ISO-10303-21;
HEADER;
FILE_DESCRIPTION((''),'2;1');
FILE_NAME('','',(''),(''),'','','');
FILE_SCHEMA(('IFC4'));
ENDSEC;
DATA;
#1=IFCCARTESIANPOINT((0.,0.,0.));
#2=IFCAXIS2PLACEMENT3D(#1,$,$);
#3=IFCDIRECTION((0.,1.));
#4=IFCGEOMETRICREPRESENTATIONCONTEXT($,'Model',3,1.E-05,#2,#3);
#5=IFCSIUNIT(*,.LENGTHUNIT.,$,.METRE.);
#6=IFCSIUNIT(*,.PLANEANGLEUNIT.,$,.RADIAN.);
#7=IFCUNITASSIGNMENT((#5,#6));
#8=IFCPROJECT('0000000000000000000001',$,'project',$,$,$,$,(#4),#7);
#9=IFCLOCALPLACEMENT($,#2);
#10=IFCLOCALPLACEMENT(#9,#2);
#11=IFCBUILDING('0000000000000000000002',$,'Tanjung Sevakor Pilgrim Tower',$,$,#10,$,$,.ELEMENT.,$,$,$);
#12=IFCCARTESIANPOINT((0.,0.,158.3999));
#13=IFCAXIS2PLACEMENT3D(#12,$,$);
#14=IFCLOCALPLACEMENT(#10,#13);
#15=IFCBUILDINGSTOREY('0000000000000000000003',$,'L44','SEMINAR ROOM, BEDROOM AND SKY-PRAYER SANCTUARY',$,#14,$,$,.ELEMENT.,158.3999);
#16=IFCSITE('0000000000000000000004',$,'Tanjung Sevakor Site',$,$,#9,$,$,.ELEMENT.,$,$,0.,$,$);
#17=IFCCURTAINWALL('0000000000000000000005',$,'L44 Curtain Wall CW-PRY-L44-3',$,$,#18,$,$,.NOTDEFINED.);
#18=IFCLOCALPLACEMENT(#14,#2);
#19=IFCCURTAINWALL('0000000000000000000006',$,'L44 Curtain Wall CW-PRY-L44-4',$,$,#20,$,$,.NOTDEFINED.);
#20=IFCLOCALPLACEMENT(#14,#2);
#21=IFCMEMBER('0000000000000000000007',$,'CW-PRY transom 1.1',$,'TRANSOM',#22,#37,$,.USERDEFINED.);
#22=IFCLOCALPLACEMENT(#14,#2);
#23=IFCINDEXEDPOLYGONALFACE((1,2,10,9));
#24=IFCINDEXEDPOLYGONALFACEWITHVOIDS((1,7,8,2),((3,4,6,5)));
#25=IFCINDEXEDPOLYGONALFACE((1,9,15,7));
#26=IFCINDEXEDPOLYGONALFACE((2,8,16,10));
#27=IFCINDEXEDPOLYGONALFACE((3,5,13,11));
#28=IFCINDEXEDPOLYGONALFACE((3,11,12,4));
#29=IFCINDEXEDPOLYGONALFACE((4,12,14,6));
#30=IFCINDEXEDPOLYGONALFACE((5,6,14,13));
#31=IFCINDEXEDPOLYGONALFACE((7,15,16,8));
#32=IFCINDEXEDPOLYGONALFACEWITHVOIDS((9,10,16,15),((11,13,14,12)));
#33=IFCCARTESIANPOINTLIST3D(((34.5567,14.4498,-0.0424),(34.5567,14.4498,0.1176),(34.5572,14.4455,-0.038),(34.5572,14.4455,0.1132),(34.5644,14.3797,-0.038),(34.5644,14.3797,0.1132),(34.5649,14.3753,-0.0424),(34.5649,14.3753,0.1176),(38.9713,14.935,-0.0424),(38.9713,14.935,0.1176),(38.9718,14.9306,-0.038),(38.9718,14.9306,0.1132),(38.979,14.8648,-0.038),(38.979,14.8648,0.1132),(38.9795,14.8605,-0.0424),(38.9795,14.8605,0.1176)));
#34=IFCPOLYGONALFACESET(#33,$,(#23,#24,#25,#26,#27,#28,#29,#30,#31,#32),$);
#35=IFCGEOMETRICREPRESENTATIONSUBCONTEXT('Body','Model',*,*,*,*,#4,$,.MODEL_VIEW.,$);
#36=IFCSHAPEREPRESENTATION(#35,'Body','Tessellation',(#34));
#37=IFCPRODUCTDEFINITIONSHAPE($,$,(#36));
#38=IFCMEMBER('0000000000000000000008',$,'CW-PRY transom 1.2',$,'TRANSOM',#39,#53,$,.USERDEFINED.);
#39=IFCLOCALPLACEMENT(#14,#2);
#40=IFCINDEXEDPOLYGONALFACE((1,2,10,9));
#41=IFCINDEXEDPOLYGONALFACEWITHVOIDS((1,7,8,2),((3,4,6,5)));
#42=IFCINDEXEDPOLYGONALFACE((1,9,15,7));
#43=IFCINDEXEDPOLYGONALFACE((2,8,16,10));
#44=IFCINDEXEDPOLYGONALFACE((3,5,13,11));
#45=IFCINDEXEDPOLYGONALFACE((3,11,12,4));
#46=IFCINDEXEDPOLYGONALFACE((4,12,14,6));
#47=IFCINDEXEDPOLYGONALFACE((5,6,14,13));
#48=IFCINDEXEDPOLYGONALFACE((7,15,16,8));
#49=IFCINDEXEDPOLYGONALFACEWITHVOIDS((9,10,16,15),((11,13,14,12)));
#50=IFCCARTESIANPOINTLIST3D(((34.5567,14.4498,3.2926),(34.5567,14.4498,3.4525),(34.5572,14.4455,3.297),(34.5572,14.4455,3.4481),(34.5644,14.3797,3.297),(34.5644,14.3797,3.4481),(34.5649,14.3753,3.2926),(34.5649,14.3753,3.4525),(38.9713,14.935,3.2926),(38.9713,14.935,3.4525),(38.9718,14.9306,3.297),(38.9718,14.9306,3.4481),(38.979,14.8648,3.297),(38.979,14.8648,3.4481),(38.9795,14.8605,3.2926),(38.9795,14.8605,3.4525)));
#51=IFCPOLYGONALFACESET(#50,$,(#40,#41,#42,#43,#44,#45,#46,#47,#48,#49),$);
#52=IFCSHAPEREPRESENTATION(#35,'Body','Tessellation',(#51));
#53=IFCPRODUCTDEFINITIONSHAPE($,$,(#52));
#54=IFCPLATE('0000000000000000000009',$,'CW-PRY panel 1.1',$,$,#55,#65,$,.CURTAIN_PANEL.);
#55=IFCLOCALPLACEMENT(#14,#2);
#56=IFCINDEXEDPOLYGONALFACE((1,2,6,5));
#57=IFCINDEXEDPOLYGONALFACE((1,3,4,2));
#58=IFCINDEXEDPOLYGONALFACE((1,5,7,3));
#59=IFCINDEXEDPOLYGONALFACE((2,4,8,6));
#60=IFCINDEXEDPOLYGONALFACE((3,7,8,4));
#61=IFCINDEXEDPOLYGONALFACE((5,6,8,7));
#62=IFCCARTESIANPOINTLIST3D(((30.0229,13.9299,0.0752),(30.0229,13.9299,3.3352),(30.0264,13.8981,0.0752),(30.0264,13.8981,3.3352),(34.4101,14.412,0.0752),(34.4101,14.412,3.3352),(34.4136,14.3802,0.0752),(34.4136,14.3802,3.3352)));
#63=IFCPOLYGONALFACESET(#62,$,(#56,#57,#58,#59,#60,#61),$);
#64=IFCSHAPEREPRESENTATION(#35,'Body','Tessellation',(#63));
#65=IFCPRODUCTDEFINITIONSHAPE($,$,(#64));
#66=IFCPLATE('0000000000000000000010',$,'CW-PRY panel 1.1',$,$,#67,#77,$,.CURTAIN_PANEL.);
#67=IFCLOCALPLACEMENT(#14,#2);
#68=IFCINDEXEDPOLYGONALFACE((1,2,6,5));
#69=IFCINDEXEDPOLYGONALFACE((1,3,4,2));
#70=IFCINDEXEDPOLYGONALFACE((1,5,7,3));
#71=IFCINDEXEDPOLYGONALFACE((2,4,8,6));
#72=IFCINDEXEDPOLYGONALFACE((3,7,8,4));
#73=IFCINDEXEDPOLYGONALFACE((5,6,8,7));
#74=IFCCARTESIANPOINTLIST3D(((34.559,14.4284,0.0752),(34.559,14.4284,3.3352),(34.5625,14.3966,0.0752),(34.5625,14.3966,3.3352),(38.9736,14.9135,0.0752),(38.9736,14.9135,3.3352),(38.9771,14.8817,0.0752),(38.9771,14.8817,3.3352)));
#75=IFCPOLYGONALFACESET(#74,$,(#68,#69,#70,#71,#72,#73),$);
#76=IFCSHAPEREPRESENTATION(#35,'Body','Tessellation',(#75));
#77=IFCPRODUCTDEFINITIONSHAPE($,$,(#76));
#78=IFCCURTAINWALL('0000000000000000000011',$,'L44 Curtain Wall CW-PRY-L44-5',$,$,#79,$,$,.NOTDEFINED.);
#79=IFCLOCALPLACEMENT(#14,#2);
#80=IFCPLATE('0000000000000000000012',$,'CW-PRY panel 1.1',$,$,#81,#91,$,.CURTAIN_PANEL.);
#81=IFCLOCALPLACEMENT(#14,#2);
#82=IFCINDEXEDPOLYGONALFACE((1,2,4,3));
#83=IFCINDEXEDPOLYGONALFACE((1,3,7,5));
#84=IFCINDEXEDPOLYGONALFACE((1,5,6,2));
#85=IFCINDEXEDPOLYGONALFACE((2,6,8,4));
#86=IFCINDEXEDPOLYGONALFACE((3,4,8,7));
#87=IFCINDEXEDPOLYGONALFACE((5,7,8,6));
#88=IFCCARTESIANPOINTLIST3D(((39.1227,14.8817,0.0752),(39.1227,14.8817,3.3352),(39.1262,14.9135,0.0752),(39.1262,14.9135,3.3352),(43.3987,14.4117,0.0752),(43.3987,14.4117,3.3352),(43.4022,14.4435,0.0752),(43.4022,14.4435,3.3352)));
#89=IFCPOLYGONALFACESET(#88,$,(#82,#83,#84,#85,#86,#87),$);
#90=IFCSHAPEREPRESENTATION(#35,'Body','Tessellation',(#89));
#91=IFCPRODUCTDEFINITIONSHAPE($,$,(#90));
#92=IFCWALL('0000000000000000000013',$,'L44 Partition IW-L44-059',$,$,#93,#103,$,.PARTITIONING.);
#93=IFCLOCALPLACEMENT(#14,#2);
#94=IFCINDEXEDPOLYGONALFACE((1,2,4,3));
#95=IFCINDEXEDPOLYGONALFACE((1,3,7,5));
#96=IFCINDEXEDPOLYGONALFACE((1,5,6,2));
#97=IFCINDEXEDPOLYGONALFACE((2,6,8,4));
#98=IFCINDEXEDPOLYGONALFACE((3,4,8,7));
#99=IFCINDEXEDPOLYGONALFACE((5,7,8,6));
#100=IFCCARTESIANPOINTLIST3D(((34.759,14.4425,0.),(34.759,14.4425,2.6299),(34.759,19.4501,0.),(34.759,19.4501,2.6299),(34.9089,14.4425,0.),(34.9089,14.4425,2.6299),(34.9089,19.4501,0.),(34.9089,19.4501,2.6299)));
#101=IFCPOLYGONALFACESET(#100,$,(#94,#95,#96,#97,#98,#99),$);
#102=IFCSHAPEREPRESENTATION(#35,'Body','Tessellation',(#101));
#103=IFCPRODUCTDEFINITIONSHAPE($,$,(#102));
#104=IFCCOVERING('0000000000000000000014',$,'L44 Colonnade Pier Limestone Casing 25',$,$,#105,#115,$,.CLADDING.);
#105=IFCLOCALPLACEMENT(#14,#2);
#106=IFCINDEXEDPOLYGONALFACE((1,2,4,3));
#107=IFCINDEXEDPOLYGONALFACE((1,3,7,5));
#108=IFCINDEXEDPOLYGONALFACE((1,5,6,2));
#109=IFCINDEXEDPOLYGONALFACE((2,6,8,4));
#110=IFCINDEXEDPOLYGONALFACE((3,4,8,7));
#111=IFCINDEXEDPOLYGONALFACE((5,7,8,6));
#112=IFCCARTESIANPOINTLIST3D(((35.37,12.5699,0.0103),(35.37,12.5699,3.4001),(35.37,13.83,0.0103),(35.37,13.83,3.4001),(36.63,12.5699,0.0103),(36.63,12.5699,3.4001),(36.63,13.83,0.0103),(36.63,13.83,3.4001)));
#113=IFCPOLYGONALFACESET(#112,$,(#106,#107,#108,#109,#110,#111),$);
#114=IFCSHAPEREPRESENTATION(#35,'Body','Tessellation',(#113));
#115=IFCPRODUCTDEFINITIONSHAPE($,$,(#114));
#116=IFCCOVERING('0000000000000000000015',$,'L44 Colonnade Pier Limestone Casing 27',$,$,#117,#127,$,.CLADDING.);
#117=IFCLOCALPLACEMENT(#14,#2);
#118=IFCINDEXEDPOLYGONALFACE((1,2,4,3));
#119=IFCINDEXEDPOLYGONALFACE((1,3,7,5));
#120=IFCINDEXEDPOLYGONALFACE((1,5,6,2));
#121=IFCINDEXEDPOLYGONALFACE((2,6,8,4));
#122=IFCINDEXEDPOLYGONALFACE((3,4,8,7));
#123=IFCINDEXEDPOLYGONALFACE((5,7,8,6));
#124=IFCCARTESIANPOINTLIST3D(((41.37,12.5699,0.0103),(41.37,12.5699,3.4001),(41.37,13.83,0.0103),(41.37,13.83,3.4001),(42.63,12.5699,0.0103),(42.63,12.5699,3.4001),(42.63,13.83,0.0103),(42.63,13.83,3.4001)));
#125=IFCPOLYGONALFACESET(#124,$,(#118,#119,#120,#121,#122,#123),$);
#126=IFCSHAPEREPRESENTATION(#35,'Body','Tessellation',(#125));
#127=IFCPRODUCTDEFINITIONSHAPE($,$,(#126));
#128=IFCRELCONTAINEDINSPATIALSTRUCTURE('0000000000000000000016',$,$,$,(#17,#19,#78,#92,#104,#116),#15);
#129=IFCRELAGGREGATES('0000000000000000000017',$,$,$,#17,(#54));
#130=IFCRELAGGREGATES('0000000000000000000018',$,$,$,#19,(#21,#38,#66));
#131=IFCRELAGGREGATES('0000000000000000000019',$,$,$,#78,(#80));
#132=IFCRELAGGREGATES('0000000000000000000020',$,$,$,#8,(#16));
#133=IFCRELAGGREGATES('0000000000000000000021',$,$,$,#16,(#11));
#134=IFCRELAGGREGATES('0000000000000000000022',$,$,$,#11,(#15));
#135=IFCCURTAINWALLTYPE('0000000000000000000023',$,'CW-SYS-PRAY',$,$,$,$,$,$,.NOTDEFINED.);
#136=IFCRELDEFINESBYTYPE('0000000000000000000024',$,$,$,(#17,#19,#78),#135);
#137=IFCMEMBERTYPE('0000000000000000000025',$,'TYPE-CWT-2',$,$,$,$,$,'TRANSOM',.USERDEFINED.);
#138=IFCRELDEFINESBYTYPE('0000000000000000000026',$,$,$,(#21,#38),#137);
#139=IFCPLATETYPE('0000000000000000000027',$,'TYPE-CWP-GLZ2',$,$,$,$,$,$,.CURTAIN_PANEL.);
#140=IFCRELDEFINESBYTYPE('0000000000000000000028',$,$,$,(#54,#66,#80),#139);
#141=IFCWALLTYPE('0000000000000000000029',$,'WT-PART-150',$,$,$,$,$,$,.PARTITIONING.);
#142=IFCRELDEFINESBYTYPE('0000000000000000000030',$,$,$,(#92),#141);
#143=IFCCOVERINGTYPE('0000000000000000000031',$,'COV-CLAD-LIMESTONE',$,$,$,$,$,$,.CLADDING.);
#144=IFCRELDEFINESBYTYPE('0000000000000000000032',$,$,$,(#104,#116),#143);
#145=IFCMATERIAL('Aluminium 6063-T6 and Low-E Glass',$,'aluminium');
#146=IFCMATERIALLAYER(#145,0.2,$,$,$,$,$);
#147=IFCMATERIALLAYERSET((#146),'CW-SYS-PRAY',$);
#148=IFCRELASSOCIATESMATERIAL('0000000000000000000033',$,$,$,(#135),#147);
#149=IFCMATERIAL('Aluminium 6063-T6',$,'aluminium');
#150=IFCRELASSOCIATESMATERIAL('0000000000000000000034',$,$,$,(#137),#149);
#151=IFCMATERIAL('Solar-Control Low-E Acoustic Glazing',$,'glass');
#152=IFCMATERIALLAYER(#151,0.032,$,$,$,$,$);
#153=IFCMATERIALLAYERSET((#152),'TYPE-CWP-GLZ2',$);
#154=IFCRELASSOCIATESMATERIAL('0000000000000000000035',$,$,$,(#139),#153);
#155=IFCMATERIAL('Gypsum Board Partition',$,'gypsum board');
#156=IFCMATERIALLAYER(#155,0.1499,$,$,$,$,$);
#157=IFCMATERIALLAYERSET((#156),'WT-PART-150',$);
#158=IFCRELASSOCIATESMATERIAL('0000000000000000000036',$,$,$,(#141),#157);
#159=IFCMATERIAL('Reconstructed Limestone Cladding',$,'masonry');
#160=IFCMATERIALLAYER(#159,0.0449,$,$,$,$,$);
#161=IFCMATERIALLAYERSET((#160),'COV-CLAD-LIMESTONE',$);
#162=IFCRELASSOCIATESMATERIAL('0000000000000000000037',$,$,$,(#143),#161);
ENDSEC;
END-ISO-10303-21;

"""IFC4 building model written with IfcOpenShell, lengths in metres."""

from ifc_helpers import new_model, si_unit, direction, frame, frame_2d, origin, origin_2d, place, context, subcontext, project, spatial, rectangle, hollow_rectangle, extrude, material, layer, layer_set, material_profile, profile_set, type_object, element, aggregate, save


model = new_model("IFC4")

# Units and contexts
model_context = context("Model", 3, precision=1e-05, world=origin(), true_north=direction((0.0, 1.0)))
body_context = subcontext(model_context, "Body", "Model", "MODEL_VIEW")
ifc_project = project(units=[si_unit("LENGTHUNIT", "METRE"), si_unit("PLANEANGLEUNIT", "RADIAN")], contexts=[model_context])

# Site, building, storey
site_placement = place(None, origin())
site = spatial("IfcSite", under=ifc_project, at=site_placement, Name="Tanjung Sevakor Site", CompositionType="ELEMENT", RefElevation=0.0)
building_placement = place(site_placement, origin())
building = spatial("IfcBuilding", under=site, at=building_placement, Name="Tanjung Sevakor Pilgrim Tower", CompositionType="ELEMENT")
storey_placement = place(building_placement, frame((0.0, 0.0, 158.3999)))
storey = spatial("IfcBuildingStorey", under=building, at=storey_placement, Name="L44", Description="SEMINAR ROOM, BEDROOM AND SKY-PRAYER SANCTUARY", CompositionType="ELEMENT", Elevation=158.3999)

# Curtain wall
ifc_material_1 = material(Name="Aluminium 6063-T6 and Low-E Glass", Category="aluminium")
ifc_layer_1 = layer(ifc_material_1, 0.2)
ifc_layer_set_1 = layer_set([ifc_layer_1], Name="CW-SYS-PRAY")
curtain_wall_type = type_object("IfcCurtainWallType", Name="CW-SYS-PRAY", PredefinedType="NOTDEFINED", material=ifc_layer_set_1)
curtain_wall_1_placement = place(storey_placement, origin())
curtain_wall_1 = element("IfcCurtainWall", 1, at=curtain_wall_1_placement, inside=storey, type_object=curtain_wall_type, Name="L44 Curtain Wall CW-PRY-L44-3", PredefinedType="NOTDEFINED")

# Curtain wall, members
curtain_wall_2_placement = place(storey_placement, origin())
curtain_wall_2 = element("IfcCurtainWall", 2, at=curtain_wall_2_placement, inside=storey, type_object=curtain_wall_type, Name="L44 Curtain Wall CW-PRY-L44-4", PredefinedType="NOTDEFINED")
ifc_material_2 = material(Name="Aluminium 6063-T6", Category="aluminium")
ifc_material_profile_1 = material_profile(ifc_material_2, hollow_rectangle(XDim=0.075, YDim=0.1599, WallThickness=0.0044, at=origin_2d()))
ifc_profile_set_1 = profile_set([ifc_material_profile_1], Name="Aluminium 6063-T6")
member_type_1 = type_object("IfcMemberType", Name="TYPE-CWT-2", ElementType="TRANSOM", PredefinedType="USERDEFINED", material=ifc_profile_set_1)
member_1_placement = place(storey_placement, frame((34.5608, 14.4126, 0.0376), z_axis=(0.994016, 0.109231, 0.0), x_axis=(-0.109231, 0.994016, 0.0)))
member_1 = element("IfcMember", 3, at=member_1_placement, type_object=member_type_1, Name="CW-PRY transom 1.1", ObjectType="TRANSOM", PredefinedType="USERDEFINED", context=body_context, shape_type="SweptSolid", body=[
    extrude(hollow_rectangle(XDim=0.075, YDim=0.1599, WallThickness=0.0044, at=origin_2d()), origin(), (0.0, 0.0, 1.0), 4.4412),
])
member_2_placement = place(storey_placement, frame((34.5608, 14.4126, 3.3726), z_axis=(0.994016, 0.109231, 0.0), x_axis=(-0.109231, 0.994016, 0.0)))
member_2 = element("IfcMember", 4, at=member_2_placement, type_object=member_type_1, Name="CW-PRY transom 1.2", ObjectType="TRANSOM", PredefinedType="USERDEFINED", context=body_context, shape_type="SweptSolid", body=[
    extrude(hollow_rectangle(XDim=0.075, YDim=0.1599, WallThickness=0.0044, at=origin_2d()), origin(), (0.0, 0.0, 1.0), 4.4412),
])

# Plates
ifc_material_3 = material(Name="Solar-Control Low-E Acoustic Glazing", Category="glass")
ifc_layer_2 = layer(ifc_material_3, 0.032)
ifc_layer_set_2 = layer_set([ifc_layer_2], Name="TYPE-CWP-GLZ2")
plate_type = type_object("IfcPlateType", Name="TYPE-CWP-GLZ2", PredefinedType="CURTAIN_PANEL", material=ifc_layer_set_2)
plate_1_placement = place(storey_placement, frame((32.2183, 14.155, 0.0752), z_axis=(0.0, 0.0, 1.0), x_axis=(0.994016, 0.109234, 0.0)))
plate_1 = element("IfcPlate", 5, at=plate_1_placement, type_object=plate_type, Name="CW-PRY panel 1.1", PredefinedType="CURTAIN_PANEL", context=body_context, shape_type="SweptSolid", body=[
    extrude(rectangle(XDim=4.4136, YDim=0.032, at=origin_2d()), origin(), (0.0, 0.0, 1.0), 3.26),
])
aggregate(curtain_wall_1, [plate_1])
plate_2_placement = place(storey_placement, frame((36.7681, 14.655, 0.0752), z_axis=(0.0, 0.0, 1.0), x_axis=(0.994016, 0.109231, 0.0)))
plate_2 = element("IfcPlate", 6, at=plate_2_placement, type_object=plate_type, Name="CW-PRY panel 1.1", PredefinedType="CURTAIN_PANEL", context=body_context, shape_type="SweptSolid", body=[
    extrude(rectangle(XDim=4.4412, YDim=0.032, at=origin_2d()), origin(), (0.0, 0.0, 1.0), 3.26),
])
aggregate(curtain_wall_2, [member_1, member_2, plate_2])

# Curtain wall, plate
curtain_wall_3_placement = place(storey_placement, origin())
curtain_wall_3 = element("IfcCurtainWall", 7, at=curtain_wall_3_placement, inside=storey, type_object=curtain_wall_type, Name="L44 Curtain Wall CW-PRY-L44-5", PredefinedType="NOTDEFINED")
plate_3_placement = place(storey_placement, frame((41.2625, 14.6626, 0.0752), z_axis=(0.0, 0.0, 1.0), x_axis=(0.994015, -0.109241, 0.0)))
plate_3 = element("IfcPlate", 8, at=plate_3_placement, type_object=plate_type, Name="CW-PRY panel 1.1", PredefinedType="CURTAIN_PANEL", context=body_context, shape_type="SweptSolid", body=[
    extrude(rectangle(XDim=4.3018, YDim=0.032, at=origin_2d()), origin(), (0.0, 0.0, 1.0), 3.26),
])
aggregate(curtain_wall_3, [plate_3])

# Wall
ifc_material_4 = material(Name="Gypsum Board Partition", Category="gypsum board")
ifc_layer_3 = layer(ifc_material_4, 0.1499)
ifc_layer_set_3 = layer_set([ifc_layer_3], Name="WT-PART-150")
wall_type = type_object("IfcWallType", Name="WT-PART-150", PredefinedType="PARTITIONING", material=ifc_layer_set_3)
wall_placement = place(storey_placement, frame((34.834, 14.4424, 0.0), z_axis=(0.0, 0.0, 1.0), x_axis=(0.0, 1.0, 0.0)))
element("IfcWall", 9, at=wall_placement, inside=storey, type_object=wall_type, Name="L44 Partition IW-L44-059", PredefinedType="PARTITIONING", context=body_context, shape_type="SweptSolid", body=[
    extrude(rectangle(XDim=5.0076, YDim=0.1499, at=frame_2d((2.5039, 0.0))), origin(), (0.0, 0.0, 1.0), 2.6299),
])

# Coverings
ifc_material_5 = material(Name="Reconstructed Limestone Cladding", Category="masonry")
ifc_layer_4 = layer(ifc_material_5, 0.0449)
ifc_layer_set_4 = layer_set([ifc_layer_4], Name="COV-CLAD-LIMESTONE")
covering_type = type_object("IfcCoveringType", Name="COV-CLAD-LIMESTONE", PredefinedType="CLADDING", material=ifc_layer_set_4)
for number, where, z_axis, x_axis, name in (
    (10, (36.0, 13.2, 0.0103), (0.0, 0.0, 1.0), (1.0, 0.0, 0.0), "L44 Colonnade Pier Limestone Casing 25"),
    (11, (42.0, 13.2, 0.0103), (0.0, 0.0, 1.0), (1.0, 0.0, 0.0), "L44 Colonnade Pier Limestone Casing 27"),
):
    element("IfcCovering", number, at=place(storey_placement, frame(where, z_axis=z_axis, x_axis=x_axis)), inside=storey, type_object=covering_type, Name=name, PredefinedType="CLADDING", context=body_context, shape_type="SweptSolid", body=[
        extrude(rectangle(XDim=1.26, YDim=1.26, at=origin_2d()), origin(), (0.0, 0.0, 1.0), 3.3899),
    ])

save(model, "model.ifc")
